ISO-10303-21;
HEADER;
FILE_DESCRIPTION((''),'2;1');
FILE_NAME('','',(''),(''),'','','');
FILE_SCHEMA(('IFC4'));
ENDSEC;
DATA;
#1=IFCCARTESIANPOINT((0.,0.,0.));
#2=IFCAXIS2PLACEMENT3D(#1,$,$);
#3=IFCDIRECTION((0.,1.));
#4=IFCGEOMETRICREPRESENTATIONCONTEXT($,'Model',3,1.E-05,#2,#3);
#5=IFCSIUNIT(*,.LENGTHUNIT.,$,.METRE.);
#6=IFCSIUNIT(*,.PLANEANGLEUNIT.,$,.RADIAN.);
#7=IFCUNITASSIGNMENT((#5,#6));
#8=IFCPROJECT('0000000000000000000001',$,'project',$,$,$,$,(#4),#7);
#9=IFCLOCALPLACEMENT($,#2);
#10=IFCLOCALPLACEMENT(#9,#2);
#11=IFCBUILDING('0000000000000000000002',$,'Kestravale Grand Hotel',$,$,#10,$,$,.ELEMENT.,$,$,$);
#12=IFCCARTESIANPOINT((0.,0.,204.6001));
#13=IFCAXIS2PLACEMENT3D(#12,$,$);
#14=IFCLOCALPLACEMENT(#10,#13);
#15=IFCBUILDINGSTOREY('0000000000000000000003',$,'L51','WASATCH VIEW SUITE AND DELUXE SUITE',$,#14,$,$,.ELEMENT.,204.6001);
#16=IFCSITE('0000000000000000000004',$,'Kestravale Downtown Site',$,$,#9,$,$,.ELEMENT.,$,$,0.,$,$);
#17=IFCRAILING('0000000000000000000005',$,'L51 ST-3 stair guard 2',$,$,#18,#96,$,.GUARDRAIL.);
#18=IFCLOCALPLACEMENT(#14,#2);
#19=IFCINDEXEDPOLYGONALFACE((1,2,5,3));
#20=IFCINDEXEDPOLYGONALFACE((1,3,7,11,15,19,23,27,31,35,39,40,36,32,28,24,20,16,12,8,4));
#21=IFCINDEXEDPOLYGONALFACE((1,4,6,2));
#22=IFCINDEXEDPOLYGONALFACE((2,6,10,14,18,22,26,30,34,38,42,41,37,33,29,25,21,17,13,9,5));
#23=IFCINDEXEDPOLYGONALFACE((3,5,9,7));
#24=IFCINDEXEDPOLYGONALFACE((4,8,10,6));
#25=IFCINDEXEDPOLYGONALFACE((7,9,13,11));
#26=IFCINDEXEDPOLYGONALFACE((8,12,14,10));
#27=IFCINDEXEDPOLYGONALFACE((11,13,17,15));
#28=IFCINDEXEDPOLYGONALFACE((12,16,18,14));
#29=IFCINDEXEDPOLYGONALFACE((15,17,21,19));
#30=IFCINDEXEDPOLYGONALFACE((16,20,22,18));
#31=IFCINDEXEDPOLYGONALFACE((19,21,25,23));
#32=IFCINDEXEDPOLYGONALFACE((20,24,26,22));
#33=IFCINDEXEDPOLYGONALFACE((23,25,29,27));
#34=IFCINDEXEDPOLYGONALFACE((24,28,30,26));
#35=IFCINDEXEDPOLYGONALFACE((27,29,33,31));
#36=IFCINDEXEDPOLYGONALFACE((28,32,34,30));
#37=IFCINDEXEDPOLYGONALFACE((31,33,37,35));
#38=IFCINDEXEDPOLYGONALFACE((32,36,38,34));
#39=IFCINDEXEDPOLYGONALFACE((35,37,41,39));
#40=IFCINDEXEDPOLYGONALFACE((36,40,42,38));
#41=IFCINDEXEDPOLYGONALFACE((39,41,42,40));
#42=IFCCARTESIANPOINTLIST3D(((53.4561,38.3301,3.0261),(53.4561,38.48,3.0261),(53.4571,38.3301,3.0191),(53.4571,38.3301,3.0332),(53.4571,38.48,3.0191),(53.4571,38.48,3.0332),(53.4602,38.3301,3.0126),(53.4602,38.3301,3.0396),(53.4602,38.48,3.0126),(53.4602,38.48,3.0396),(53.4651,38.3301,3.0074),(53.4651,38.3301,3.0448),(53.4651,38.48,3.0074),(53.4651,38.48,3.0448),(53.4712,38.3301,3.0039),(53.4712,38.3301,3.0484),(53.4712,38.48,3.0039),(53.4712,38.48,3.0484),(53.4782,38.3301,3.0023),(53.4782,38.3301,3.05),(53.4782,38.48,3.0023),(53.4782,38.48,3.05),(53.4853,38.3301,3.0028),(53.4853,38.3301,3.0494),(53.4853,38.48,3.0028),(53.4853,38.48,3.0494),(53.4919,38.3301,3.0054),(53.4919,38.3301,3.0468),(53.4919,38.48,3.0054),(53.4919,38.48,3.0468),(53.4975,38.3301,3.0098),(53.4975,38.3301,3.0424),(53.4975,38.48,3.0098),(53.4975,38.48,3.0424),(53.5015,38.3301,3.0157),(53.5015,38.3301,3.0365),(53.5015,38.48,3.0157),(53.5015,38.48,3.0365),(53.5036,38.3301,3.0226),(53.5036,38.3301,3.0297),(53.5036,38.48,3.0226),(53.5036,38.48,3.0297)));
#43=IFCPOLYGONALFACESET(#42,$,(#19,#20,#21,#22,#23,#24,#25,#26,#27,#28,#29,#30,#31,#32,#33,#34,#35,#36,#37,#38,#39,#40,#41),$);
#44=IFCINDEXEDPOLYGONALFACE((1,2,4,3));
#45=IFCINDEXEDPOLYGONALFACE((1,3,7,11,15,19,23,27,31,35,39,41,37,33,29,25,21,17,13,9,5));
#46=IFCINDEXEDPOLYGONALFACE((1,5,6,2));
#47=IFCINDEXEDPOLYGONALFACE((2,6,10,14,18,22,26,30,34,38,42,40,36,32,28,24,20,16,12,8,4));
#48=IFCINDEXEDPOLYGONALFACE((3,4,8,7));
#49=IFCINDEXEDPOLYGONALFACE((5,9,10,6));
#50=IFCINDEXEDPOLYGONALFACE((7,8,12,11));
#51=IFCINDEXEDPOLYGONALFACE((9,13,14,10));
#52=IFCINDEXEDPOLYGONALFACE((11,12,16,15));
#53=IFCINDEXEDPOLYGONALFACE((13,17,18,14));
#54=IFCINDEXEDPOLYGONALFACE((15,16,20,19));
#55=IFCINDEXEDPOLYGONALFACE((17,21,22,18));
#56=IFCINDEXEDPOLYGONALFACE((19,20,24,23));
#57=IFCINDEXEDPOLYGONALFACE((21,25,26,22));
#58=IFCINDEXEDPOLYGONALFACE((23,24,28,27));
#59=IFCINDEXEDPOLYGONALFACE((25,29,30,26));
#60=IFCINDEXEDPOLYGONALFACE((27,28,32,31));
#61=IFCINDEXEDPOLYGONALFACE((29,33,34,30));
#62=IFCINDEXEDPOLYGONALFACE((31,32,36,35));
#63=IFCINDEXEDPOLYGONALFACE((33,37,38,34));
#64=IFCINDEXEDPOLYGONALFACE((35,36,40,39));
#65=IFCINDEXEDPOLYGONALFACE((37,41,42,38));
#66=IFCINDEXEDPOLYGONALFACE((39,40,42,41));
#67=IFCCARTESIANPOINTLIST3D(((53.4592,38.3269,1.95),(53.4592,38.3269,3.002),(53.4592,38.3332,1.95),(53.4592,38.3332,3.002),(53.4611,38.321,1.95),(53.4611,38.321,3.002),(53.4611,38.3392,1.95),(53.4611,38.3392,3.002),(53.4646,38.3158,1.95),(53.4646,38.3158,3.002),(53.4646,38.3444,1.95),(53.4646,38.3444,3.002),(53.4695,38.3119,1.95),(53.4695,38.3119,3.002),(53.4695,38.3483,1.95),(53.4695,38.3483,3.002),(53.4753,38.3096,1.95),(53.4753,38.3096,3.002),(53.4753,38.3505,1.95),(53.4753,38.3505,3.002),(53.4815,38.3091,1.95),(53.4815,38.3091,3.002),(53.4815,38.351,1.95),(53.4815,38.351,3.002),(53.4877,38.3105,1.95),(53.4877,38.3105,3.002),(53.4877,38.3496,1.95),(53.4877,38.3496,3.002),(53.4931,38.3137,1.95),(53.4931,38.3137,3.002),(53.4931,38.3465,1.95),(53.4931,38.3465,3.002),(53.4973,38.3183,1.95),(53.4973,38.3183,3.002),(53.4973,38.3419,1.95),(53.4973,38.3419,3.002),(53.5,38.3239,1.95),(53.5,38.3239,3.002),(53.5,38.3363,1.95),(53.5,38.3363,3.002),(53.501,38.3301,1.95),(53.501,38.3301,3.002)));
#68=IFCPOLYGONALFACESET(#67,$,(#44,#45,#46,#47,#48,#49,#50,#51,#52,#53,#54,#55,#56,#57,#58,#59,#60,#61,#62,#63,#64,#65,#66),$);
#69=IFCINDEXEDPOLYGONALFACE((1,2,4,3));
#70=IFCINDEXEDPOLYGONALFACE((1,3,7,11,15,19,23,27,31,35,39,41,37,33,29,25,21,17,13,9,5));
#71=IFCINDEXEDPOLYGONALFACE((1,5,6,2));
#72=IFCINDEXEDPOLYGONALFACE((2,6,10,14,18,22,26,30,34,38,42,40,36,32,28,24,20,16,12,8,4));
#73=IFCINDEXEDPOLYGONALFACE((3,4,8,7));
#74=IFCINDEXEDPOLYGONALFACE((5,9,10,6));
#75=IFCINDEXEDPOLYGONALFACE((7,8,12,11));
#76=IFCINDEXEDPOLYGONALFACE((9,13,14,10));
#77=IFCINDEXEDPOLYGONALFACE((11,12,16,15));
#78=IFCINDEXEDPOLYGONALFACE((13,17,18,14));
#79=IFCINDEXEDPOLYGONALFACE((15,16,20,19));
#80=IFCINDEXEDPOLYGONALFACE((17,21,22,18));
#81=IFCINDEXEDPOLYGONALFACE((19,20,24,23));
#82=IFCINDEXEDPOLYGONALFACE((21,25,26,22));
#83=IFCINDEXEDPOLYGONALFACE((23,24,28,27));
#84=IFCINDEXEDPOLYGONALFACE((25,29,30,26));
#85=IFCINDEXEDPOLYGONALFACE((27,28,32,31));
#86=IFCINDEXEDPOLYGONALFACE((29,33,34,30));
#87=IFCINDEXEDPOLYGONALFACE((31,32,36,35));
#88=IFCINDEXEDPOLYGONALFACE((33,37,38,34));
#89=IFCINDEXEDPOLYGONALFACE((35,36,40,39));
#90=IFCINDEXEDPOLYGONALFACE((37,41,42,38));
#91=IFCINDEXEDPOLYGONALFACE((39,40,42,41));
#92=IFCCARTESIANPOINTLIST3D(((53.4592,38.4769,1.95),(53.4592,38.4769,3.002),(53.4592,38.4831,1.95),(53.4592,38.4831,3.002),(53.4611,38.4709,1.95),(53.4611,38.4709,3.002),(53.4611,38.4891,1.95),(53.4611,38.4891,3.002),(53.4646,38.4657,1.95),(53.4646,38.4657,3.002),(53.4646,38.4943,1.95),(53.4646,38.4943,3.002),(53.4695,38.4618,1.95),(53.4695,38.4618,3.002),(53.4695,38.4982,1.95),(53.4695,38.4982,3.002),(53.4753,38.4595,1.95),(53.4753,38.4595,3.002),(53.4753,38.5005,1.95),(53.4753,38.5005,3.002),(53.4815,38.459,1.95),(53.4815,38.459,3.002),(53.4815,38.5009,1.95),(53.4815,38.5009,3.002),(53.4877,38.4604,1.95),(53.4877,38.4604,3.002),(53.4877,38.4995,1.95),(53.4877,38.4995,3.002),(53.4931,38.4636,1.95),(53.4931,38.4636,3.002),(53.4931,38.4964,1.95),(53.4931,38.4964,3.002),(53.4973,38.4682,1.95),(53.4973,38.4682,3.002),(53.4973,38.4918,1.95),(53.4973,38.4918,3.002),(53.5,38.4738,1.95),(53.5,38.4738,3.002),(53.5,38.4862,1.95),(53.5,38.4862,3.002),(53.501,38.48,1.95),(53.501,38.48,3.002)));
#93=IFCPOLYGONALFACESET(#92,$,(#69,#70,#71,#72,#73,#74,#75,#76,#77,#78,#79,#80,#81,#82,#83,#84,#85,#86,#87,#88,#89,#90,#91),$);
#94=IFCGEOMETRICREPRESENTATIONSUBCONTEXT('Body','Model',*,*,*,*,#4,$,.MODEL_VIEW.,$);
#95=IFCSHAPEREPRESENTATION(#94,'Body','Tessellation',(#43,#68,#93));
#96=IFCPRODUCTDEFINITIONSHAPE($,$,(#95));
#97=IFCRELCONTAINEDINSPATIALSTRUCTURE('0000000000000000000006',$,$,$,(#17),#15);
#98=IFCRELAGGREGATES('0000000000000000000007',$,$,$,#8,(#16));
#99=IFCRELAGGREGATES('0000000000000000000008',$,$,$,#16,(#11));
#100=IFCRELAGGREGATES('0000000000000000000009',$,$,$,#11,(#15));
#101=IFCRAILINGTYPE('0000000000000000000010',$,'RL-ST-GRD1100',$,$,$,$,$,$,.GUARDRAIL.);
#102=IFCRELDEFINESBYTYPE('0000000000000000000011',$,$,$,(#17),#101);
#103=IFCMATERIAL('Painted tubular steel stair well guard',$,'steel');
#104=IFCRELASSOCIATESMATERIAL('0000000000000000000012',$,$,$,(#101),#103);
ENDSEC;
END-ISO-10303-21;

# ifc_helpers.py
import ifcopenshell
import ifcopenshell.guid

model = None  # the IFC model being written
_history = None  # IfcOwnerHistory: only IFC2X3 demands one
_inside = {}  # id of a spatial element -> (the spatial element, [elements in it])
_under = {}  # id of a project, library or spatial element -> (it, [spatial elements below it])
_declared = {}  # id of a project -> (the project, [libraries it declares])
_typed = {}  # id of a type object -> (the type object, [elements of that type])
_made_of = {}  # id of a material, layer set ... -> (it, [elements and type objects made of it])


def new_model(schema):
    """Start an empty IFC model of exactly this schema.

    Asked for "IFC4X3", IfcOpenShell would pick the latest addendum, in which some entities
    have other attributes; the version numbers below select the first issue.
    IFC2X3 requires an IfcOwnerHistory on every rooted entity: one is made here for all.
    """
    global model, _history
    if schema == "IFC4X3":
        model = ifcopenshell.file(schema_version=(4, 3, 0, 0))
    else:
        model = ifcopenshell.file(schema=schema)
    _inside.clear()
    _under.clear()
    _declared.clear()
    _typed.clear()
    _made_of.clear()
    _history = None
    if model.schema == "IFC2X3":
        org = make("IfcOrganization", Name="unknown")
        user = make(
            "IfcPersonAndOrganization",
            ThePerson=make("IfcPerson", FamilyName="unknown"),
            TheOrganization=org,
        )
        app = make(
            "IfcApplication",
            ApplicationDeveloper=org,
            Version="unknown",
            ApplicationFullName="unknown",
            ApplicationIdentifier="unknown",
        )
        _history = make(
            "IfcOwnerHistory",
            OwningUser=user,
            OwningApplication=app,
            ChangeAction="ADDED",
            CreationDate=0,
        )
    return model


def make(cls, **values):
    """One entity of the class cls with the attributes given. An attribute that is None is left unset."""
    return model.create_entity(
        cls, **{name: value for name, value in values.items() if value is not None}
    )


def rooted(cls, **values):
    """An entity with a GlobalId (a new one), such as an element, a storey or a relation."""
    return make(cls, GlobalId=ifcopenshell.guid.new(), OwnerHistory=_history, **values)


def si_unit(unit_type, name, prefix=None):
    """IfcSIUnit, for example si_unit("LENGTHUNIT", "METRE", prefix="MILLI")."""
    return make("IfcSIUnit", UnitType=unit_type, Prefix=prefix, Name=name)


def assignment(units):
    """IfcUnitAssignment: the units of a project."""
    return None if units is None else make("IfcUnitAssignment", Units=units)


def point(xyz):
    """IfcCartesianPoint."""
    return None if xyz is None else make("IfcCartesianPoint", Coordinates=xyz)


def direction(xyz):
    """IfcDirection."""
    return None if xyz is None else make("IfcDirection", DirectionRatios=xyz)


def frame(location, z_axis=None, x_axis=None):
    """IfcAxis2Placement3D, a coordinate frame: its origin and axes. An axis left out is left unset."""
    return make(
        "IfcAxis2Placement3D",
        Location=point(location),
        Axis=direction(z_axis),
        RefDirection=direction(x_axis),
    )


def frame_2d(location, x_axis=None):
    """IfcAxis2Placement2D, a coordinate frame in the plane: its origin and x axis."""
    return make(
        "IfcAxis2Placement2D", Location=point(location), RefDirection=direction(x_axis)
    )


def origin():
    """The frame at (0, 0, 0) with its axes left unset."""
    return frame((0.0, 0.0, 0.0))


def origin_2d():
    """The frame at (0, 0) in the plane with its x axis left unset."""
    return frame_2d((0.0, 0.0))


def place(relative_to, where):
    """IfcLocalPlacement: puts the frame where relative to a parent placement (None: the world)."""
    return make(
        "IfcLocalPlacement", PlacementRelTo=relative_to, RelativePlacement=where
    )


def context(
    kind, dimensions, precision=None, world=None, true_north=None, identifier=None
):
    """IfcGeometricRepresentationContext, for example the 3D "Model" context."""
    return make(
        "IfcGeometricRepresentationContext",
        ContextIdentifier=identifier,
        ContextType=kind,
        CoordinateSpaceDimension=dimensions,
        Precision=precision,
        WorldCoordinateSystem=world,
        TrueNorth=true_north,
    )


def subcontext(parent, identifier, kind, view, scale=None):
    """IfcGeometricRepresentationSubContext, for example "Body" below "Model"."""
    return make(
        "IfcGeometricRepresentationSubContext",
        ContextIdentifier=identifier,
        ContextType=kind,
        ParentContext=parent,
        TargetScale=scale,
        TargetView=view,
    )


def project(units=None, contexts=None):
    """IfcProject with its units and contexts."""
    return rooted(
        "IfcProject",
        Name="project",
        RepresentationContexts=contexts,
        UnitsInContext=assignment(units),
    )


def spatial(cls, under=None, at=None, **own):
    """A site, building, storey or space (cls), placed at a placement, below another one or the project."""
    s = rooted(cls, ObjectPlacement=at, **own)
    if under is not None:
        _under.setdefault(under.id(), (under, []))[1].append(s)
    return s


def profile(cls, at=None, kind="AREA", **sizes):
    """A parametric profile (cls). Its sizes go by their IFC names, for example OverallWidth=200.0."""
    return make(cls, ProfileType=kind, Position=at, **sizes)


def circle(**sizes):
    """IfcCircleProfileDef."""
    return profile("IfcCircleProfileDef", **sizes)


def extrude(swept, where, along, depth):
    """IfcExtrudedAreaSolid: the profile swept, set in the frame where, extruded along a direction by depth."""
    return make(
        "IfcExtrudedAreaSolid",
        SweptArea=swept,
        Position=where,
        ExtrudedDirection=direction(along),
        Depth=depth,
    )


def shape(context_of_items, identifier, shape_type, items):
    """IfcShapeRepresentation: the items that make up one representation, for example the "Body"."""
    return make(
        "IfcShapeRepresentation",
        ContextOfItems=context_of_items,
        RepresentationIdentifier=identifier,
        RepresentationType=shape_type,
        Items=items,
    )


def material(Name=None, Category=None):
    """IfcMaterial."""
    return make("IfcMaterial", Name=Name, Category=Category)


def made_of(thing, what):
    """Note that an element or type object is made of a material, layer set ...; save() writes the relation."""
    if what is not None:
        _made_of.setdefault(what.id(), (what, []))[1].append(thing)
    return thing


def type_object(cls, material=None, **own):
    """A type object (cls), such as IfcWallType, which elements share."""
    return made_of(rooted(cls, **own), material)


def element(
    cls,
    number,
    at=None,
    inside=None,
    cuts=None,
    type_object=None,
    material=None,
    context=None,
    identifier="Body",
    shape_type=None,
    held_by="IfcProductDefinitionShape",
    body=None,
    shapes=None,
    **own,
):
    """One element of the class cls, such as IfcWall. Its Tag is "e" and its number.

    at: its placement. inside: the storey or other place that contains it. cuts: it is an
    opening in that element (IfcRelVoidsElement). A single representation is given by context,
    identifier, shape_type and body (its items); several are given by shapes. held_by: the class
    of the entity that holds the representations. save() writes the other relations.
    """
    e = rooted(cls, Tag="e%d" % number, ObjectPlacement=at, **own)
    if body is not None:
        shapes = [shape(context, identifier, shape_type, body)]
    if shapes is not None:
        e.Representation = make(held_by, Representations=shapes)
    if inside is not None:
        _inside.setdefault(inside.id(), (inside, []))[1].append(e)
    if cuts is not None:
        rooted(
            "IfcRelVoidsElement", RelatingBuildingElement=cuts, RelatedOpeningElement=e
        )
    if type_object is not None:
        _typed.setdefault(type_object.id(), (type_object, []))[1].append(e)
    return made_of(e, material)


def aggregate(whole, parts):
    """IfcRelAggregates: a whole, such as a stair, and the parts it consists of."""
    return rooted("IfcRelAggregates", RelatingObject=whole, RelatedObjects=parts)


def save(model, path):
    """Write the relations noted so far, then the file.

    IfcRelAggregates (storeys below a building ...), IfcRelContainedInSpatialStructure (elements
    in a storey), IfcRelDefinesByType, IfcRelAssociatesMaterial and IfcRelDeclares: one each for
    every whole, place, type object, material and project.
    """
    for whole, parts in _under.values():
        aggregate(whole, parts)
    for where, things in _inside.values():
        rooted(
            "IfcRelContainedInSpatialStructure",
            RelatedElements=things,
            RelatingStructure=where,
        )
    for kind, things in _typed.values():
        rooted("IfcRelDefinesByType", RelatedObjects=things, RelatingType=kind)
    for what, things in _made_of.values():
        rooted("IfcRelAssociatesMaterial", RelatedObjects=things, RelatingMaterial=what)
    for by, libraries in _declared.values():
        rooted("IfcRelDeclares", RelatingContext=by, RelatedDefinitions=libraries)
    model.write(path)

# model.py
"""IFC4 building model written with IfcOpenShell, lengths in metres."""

from ifc_helpers import new_model, si_unit, direction, frame, origin, origin_2d, place, context, subcontext, project, spatial, circle, extrude, material, type_object, element, save


model = new_model("IFC4")

# Units and contexts
model_context = context("Model", 3, precision=1e-05, world=origin(), true_north=direction((0.0, 1.0)))
body_context = subcontext(model_context, "Body", "Model", "MODEL_VIEW")
ifc_project = project(units=[si_unit("LENGTHUNIT", "METRE"), si_unit("PLANEANGLEUNIT", "RADIAN")], contexts=[model_context])

# Site, building, storey
site_placement = place(None, origin())
site = spatial("IfcSite", under=ifc_project, at=site_placement, Name="Kestravale Downtown Site", CompositionType="ELEMENT", RefElevation=0.0)
building_placement = place(site_placement, origin())
building = spatial("IfcBuilding", under=site, at=building_placement, Name="Kestravale Grand Hotel", CompositionType="ELEMENT")
storey_placement = place(building_placement, frame((0.0, 0.0, 204.6001)))
storey = spatial("IfcBuildingStorey", under=building, at=storey_placement, Name="L51", Description="WASATCH VIEW SUITE AND DELUXE SUITE", CompositionType="ELEMENT", Elevation=204.6001)

# Railing
ifc_material_1 = material(Name="Painted tubular steel stair well guard", Category="steel")
railing_type_1 = type_object("IfcRailingType", Name="RL-ST-GRD1100", PredefinedType="GUARDRAIL", material=ifc_material_1)
railing_1_placement = place(storey_placement, frame((53.48, 38.3301, 1.95)))
element("IfcRailing", 1, at=railing_1_placement, inside=storey, type_object=railing_type_1, Name="L51 ST-3 stair guard 2", PredefinedType="GUARDRAIL", context=body_context, shape_type="SweptSolid", body=[
    extrude(circle(Radius=0.0239, at=origin_2d()), frame((0.0, 0.0, 1.0762), z_axis=(0.0, 1.0, 0.0), x_axis=(-1.0, 0.0, 0.0)), (0.0, 0.0, 1.0), 0.1499),
    extrude(circle(Radius=0.021, at=origin_2d()), origin(), (0.0, 0.0, 1.0), 1.052),
    extrude(circle(Radius=0.021, at=origin_2d()), frame((0.0, 0.1499, 0.0)), (0.0, 0.0, 1.0), 1.052),
])

save(model, "model.ifc")
